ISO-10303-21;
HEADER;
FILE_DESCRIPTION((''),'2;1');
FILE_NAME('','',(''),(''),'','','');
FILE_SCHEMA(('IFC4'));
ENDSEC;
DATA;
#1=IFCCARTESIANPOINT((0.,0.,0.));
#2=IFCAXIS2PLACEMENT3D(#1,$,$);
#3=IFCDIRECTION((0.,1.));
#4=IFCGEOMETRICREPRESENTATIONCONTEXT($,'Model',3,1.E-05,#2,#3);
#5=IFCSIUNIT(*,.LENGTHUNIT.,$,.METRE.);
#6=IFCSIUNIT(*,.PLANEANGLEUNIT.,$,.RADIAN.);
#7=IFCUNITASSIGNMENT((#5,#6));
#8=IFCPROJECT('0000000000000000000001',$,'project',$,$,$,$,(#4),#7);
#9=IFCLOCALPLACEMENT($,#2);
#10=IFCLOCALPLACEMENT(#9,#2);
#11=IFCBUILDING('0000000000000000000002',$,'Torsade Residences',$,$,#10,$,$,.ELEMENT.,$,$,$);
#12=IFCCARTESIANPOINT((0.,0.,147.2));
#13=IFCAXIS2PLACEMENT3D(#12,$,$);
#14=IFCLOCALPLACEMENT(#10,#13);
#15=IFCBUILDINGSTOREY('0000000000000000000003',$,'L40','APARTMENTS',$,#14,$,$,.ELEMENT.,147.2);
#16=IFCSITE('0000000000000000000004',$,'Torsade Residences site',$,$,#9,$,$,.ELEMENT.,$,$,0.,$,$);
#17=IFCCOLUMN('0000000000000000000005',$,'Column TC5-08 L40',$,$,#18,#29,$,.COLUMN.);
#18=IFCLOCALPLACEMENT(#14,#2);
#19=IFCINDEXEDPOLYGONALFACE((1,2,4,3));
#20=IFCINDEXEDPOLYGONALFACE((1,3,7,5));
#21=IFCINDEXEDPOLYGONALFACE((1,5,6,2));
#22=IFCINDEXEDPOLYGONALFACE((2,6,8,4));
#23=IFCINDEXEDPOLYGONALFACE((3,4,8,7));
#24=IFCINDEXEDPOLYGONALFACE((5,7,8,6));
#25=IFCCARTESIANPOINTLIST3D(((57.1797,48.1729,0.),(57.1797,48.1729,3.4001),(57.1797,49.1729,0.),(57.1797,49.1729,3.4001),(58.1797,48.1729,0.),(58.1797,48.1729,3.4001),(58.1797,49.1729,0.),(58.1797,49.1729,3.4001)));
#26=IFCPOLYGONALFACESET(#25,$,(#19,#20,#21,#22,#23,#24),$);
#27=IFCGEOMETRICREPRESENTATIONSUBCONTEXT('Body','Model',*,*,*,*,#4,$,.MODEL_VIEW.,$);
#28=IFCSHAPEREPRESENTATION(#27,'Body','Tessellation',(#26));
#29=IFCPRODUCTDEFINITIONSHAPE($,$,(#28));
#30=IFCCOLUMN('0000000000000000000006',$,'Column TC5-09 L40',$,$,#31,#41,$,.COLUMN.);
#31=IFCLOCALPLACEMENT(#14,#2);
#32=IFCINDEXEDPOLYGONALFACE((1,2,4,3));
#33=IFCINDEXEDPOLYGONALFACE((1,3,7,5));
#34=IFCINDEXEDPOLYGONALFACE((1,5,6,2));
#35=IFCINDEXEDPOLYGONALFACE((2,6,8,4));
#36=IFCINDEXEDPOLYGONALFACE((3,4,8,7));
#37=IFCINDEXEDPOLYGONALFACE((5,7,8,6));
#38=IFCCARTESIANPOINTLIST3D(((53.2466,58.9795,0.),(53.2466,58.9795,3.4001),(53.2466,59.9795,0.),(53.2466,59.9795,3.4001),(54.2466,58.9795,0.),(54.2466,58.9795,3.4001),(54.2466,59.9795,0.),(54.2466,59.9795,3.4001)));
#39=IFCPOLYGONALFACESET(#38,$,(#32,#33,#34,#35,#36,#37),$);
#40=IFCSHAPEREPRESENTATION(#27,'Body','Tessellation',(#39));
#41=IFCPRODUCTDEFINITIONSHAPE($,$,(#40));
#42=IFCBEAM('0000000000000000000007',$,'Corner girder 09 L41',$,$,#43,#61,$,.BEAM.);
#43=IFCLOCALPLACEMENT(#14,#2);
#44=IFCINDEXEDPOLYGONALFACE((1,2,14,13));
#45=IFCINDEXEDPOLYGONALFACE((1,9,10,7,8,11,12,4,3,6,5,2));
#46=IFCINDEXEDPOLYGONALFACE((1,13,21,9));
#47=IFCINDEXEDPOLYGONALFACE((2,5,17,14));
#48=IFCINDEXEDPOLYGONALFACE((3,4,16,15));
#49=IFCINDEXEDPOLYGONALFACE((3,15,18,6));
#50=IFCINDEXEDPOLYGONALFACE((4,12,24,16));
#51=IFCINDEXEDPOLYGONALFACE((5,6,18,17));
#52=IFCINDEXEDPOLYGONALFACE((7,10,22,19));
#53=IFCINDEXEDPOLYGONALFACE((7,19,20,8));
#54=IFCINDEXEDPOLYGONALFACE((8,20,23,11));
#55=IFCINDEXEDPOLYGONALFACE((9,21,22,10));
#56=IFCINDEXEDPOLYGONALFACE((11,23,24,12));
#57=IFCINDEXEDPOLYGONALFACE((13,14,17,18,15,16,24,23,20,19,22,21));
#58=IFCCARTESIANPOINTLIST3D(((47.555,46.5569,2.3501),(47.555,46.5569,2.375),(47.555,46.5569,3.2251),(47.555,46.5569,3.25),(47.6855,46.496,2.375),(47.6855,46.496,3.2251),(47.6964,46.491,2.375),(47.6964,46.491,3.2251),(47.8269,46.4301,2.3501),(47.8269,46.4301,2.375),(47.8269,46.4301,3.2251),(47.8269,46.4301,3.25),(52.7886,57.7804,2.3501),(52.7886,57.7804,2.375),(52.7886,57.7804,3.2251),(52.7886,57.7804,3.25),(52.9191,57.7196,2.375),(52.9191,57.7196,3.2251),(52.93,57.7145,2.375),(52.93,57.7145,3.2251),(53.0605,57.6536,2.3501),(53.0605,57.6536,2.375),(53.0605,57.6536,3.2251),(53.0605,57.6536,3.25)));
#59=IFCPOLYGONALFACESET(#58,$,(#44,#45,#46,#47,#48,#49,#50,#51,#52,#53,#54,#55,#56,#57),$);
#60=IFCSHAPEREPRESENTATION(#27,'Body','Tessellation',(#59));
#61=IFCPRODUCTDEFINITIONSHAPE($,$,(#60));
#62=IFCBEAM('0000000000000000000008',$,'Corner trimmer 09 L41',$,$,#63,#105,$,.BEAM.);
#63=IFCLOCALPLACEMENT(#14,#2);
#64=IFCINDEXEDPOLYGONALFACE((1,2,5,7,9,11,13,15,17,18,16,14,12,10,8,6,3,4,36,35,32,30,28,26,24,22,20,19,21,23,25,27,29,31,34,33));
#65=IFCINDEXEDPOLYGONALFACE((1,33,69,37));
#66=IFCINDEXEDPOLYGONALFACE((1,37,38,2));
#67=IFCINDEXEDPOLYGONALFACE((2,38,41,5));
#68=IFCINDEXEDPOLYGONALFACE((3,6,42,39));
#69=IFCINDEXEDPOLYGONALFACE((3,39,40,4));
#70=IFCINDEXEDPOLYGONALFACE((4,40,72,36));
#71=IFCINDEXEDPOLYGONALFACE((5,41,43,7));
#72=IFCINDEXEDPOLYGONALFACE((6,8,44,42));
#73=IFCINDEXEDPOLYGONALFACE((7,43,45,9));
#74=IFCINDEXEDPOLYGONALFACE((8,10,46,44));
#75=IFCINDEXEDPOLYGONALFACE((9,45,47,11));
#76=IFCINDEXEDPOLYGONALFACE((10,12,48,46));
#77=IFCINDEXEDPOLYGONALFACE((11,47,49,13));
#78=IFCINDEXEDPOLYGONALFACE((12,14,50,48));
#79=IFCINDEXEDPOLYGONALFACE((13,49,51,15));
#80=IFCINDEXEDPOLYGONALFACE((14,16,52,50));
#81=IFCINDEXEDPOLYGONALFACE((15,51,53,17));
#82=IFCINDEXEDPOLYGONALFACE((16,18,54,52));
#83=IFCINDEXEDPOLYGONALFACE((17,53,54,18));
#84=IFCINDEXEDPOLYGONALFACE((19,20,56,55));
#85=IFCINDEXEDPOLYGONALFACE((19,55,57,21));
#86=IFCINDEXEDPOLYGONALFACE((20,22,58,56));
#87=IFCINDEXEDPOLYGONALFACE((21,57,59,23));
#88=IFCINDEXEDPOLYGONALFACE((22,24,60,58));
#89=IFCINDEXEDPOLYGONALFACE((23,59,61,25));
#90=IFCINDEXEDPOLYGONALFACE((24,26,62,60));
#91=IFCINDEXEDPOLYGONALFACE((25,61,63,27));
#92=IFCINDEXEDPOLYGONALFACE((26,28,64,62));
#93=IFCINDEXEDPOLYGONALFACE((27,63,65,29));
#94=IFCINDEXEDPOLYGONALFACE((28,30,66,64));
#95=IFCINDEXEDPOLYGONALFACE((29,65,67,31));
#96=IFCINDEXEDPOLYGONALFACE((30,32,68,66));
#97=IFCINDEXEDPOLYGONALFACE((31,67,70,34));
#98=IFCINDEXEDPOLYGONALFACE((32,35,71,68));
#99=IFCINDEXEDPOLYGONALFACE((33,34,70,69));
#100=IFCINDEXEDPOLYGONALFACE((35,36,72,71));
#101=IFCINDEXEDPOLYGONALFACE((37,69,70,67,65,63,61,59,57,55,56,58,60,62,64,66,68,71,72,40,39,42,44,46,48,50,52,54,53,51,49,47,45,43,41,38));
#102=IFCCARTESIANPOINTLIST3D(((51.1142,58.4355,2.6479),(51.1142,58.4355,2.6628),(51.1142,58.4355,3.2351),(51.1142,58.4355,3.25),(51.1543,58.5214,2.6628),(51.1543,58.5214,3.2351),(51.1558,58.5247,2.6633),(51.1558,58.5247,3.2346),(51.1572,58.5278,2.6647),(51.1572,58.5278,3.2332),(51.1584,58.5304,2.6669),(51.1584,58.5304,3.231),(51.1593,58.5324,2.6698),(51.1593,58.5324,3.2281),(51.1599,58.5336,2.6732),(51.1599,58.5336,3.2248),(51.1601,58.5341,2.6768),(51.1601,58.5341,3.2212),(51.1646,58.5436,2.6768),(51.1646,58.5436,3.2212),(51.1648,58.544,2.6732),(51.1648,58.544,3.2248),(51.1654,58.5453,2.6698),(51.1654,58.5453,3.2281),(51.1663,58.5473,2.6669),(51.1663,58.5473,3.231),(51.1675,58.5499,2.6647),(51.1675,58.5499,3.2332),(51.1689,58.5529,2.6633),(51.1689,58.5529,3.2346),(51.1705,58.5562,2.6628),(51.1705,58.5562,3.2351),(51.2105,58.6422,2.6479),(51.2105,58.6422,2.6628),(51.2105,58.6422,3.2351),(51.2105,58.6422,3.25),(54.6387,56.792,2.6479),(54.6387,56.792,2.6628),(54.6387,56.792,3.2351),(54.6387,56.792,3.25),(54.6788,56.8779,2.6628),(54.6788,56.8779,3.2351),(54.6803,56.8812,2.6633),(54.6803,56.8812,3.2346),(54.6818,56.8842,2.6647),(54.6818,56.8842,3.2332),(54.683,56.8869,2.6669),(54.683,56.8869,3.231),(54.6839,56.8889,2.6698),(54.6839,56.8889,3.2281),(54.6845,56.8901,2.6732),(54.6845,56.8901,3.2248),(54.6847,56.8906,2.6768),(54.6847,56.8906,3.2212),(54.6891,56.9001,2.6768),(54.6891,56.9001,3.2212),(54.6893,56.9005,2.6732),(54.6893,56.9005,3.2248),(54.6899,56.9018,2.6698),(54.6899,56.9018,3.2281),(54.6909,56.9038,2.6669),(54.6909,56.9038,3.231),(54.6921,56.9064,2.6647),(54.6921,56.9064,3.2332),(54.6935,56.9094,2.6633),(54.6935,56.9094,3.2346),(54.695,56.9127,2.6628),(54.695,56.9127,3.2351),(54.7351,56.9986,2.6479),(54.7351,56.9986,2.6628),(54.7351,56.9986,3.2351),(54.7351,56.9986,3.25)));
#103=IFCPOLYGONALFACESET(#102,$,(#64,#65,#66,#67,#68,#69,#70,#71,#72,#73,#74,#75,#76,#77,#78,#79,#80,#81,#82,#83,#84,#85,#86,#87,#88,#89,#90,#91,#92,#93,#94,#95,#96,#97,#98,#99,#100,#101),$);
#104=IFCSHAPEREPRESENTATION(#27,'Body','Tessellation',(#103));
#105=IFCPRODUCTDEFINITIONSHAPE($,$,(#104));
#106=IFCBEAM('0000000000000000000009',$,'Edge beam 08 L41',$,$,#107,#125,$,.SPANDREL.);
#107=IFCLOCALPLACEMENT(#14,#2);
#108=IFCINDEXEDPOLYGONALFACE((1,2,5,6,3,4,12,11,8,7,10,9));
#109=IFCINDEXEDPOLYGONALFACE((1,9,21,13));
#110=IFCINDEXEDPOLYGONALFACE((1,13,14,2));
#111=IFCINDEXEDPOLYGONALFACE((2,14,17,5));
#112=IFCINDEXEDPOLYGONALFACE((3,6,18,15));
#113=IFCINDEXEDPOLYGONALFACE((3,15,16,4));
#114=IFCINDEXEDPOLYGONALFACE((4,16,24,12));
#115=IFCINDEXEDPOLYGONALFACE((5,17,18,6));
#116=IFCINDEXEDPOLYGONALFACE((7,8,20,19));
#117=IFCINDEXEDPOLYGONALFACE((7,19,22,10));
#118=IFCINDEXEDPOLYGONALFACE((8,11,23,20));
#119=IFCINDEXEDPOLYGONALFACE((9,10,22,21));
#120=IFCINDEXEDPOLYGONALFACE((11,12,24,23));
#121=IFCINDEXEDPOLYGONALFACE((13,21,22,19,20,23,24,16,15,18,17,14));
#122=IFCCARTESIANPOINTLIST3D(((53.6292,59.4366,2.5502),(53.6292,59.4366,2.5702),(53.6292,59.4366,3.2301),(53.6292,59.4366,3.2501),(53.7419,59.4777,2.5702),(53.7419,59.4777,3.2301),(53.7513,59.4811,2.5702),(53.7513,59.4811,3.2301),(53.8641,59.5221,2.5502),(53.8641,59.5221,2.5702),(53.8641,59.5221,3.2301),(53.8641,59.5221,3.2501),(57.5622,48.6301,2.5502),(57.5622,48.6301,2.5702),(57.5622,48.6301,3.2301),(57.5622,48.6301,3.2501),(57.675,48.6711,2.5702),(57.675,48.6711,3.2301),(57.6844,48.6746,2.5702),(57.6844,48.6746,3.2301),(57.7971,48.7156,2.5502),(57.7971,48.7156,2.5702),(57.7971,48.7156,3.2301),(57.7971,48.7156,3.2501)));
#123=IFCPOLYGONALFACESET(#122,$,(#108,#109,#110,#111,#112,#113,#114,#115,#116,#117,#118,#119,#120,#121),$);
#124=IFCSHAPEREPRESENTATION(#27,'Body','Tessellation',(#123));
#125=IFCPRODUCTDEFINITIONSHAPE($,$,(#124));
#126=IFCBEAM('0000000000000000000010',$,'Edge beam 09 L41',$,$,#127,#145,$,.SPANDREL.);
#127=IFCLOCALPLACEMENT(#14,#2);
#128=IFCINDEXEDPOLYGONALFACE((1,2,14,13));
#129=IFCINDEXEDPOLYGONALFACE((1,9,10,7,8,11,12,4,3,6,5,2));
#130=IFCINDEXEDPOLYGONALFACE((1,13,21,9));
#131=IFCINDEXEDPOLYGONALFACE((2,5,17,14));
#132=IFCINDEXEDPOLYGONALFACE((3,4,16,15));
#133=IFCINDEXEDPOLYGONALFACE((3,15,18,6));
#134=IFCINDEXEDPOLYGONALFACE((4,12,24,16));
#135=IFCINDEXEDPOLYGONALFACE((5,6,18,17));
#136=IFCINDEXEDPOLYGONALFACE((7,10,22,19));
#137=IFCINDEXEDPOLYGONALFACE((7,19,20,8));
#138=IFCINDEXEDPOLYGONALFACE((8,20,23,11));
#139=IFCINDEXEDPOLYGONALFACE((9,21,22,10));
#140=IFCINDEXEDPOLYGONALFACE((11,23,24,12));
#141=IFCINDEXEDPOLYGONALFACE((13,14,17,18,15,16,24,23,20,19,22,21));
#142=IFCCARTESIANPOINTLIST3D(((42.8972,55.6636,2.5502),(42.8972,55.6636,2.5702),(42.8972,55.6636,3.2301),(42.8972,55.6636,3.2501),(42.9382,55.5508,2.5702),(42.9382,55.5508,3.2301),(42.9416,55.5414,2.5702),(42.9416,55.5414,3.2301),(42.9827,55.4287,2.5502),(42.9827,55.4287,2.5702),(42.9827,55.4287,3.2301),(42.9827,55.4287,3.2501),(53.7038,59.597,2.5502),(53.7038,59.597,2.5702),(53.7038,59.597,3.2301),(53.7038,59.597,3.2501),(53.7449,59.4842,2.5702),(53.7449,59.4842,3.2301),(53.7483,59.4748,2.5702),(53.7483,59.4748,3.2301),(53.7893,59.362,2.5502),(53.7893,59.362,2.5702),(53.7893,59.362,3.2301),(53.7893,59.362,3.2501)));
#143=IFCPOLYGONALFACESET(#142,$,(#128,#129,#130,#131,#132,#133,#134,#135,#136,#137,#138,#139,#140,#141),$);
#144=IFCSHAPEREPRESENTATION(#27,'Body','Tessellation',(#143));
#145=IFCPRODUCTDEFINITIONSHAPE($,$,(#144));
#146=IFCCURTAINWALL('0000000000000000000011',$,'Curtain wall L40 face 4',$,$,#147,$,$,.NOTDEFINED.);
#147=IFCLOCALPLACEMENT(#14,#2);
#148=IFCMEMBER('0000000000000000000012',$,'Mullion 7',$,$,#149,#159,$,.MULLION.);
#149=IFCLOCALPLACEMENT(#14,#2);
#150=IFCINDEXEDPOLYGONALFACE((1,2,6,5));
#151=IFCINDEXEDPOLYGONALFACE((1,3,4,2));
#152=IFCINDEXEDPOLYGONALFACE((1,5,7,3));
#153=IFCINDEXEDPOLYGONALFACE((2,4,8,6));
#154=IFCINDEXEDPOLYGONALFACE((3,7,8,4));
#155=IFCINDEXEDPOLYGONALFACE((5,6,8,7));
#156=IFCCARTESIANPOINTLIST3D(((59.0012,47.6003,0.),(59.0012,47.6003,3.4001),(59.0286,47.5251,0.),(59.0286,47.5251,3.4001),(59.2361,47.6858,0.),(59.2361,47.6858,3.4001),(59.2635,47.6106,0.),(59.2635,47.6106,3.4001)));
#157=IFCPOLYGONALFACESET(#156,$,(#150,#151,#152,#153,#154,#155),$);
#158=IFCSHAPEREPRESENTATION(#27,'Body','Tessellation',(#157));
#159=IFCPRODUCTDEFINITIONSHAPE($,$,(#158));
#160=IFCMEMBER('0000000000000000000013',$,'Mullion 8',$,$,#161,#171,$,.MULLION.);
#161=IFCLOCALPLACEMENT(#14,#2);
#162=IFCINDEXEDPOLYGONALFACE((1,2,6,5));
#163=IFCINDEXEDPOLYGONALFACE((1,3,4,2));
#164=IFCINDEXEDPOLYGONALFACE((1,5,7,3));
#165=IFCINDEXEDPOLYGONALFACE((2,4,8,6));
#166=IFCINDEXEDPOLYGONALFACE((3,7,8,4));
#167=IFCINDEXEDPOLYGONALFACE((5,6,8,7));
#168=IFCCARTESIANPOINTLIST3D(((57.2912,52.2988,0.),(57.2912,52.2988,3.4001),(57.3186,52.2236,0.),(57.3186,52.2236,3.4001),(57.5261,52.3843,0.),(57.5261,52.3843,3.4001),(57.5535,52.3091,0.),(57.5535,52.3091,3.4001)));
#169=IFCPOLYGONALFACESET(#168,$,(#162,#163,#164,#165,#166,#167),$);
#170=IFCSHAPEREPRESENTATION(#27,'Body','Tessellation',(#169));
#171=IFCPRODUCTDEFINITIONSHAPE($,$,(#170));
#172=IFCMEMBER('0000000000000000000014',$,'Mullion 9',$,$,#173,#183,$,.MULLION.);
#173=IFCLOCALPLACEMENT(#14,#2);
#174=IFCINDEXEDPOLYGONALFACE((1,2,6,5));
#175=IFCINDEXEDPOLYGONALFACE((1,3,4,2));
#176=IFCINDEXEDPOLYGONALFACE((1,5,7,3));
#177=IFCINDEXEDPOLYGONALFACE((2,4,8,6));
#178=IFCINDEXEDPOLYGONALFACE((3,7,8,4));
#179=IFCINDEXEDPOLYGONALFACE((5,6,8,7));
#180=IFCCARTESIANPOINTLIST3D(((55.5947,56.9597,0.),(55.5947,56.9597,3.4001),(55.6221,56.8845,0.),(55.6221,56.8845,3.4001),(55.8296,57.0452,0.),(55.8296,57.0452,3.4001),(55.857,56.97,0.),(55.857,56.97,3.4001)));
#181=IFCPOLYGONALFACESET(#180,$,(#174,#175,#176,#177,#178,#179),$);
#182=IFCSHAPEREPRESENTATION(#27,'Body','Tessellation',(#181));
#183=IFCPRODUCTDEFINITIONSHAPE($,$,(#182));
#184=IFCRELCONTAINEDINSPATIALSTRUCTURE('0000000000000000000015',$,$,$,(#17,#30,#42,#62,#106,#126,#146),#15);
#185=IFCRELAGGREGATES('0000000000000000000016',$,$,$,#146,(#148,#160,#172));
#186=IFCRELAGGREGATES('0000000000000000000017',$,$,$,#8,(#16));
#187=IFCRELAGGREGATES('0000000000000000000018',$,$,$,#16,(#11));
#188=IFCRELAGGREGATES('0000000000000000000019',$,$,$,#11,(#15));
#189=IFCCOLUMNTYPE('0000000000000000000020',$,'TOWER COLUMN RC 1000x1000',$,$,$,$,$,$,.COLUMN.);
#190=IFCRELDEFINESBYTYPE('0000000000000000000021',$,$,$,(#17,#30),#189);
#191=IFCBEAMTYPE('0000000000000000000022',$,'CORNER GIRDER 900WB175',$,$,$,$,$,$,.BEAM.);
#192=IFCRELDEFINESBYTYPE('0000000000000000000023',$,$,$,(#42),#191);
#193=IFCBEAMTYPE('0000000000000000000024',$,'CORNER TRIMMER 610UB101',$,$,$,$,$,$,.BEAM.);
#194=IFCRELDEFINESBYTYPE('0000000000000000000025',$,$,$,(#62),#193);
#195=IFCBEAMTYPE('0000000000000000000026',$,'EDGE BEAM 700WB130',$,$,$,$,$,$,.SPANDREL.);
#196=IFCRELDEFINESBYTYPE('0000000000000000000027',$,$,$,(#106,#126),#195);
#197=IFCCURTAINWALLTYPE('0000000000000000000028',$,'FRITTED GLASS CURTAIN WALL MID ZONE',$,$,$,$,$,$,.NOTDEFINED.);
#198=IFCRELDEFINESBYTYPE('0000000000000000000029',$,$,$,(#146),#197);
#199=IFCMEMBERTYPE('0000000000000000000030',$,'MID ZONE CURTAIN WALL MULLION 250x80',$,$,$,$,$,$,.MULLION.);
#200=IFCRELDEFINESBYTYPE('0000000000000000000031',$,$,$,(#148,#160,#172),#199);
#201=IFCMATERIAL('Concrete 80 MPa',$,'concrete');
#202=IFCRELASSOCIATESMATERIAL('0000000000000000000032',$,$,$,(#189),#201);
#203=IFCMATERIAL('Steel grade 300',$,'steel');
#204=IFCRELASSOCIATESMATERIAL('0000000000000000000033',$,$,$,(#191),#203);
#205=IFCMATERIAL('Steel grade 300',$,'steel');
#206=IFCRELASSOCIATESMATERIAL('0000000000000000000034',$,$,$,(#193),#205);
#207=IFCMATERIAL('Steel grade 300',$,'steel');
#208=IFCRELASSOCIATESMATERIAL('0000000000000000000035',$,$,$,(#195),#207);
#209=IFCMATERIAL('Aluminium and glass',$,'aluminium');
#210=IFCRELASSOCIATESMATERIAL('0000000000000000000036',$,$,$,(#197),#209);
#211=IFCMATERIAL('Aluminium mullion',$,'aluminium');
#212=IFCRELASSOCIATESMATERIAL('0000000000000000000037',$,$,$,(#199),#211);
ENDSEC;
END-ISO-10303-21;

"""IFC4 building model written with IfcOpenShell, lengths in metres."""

from ifc_helpers import new_model, si_unit, direction, frame, origin, origin_2d, place, context, subcontext, project, spatial, rectangle, i_section, extrude, material, material_profile, profile_set, type_object, element, aggregate, save


model = new_model("IFC4")

# Units and contexts
model_context = context("Model", 3, precision=1e-05, world=origin(), true_north=direction((0.0, 1.0)))
body_context = subcontext(model_context, "Body", "Model", "MODEL_VIEW")
ifc_project = project(units=[si_unit("LENGTHUNIT", "METRE"), si_unit("PLANEANGLEUNIT", "RADIAN")], contexts=[model_context])

# Site, building, storey
site_placement = place(None, origin())
site = spatial("IfcSite", under=ifc_project, at=site_placement, Name="Torsade Residences site", CompositionType="ELEMENT", RefElevation=0.0)
building_placement = place(site_placement, origin())
building = spatial("IfcBuilding", under=site, at=building_placement, Name="Torsade Residences", CompositionType="ELEMENT")
storey_placement = place(building_placement, frame((0.0, 0.0, 147.2)))
storey = spatial("IfcBuildingStorey", under=building, at=storey_placement, Name="L40", Description="APARTMENTS", CompositionType="ELEMENT", Elevation=147.2)

# Columns
ifc_material_1 = material(Name="Concrete 80 MPa", Category="concrete")
ifc_material_profile_1 = material_profile(ifc_material_1, rectangle(XDim=1.0, YDim=1.0, at=origin_2d()), Name="RC 1000x1000")
ifc_profile_set_1 = profile_set([ifc_material_profile_1], Name="Concrete 80 MPa")
column_type = type_object("IfcColumnType", Name="TOWER COLUMN RC 1000x1000", PredefinedType="COLUMN", material=ifc_profile_set_1)
for number, where, z_axis, x_axis, name in (
    (1, (57.6797, 48.6729, 0.0), (0.0, 0.0, 1.0), (1.0, 0.0, 0.0), "Column TC5-08 L40"),
    (2, (53.7466, 59.4795, 0.0), (0.0, 0.0, 1.0), (1.0, 0.0, 0.0), "Column TC5-09 L40"),
):
    element("IfcColumn", number, at=place(storey_placement, frame(where, z_axis=z_axis, x_axis=x_axis)), inside=storey, type_object=column_type, Name=name, PredefinedType="COLUMN", context=body_context, shape_type="SweptSolid", body=[
        extrude(rectangle(XDim=1.0, YDim=1.0, at=origin_2d()), origin(), (0.0, 0.0, 1.0), 3.4001),
    ])

# Beams
ifc_material_2 = material(Name="Steel grade 300", Category="steel")
ifc_material_profile_2 = material_profile(ifc_material_2, i_section(OverallWidth=0.3, OverallDepth=0.8999, WebThickness=0.012, FlangeThickness=0.0249, at=origin_2d()), Name="900WB175")
ifc_profile_set_2 = profile_set([ifc_material_profile_2], Name="Steel grade 300")
beam_type_1 = type_object("IfcBeamType", Name="CORNER GIRDER 900WB175", PredefinedType="BEAM", material=ifc_profile_set_2)
beam_1_placement = place(storey_placement, frame((52.9246, 57.717, 2.8), z_axis=(-0.422617, -0.906309, 0.0), x_axis=(0.906309, -0.422617, 0.0)))
element("IfcBeam", 3, at=beam_1_placement, inside=storey, type_object=beam_type_1, Name="Corner girder 09 L41", PredefinedType="BEAM", context=body_context, shape_type="SweptSolid", body=[
    extrude(i_section(OverallWidth=0.3, OverallDepth=0.8999, WebThickness=0.012, FlangeThickness=0.0249, at=origin_2d()), origin(), (0.0, 0.0, 1.0), 12.3838),
])
ifc_material_3 = material(Name="Steel grade 300", Category="steel")
ifc_material_profile_3 = material_profile(ifc_material_3, i_section(OverallWidth=0.228, OverallDepth=0.6021, WebThickness=0.0105, FlangeThickness=0.0149, FilletRadius=0.0139, at=origin_2d()), Name="610UB101")
ifc_profile_set_3 = profile_set([ifc_material_profile_3], Name="Steel grade 300")
beam_type_2 = type_object("IfcBeamType", Name="CORNER TRIMMER 610UB101", PredefinedType="BEAM", material=ifc_profile_set_3)
beam_2_placement = place(storey_placement, frame((51.1624, 58.5388, 2.949), z_axis=(0.90631, -0.422614, 0.0), x_axis=(0.422614, 0.90631, 0.0)))
element("IfcBeam", 4, at=beam_2_placement, inside=storey, type_object=beam_type_2, Name="Corner trimmer 09 L41", PredefinedType="BEAM", context=body_context, shape_type="SweptSolid", body=[
    extrude(i_section(OverallWidth=0.228, OverallDepth=0.6021, WebThickness=0.0105, FlangeThickness=0.0149, FilletRadius=0.0139, at=origin_2d()), origin(), (0.0, 0.0, 1.0), 3.8889),
])
ifc_material_4 = material(Name="Steel grade 300", Category="steel")
ifc_material_profile_4 = material_profile(ifc_material_4, i_section(OverallWidth=0.25, OverallDepth=0.7, WebThickness=0.01, FlangeThickness=0.02, at=origin_2d()), Name="700WB130")
ifc_profile_set_4 = profile_set([ifc_material_profile_4], Name="Steel grade 300")
beam_type_3 = type_object("IfcBeamType", Name="EDGE BEAM 700WB130", PredefinedType="SPANDREL", material=ifc_profile_set_4)
beam_3_placement = place(storey_placement, frame((57.6797, 48.6729, 2.9001), z_axis=(-0.342006, 0.939698, 0.0), x_axis=(-0.939698, -0.342006, 0.0)))
element("IfcBeam", 5, at=beam_3_placement, inside=storey, type_object=beam_type_3, Name="Edge beam 08 L41", PredefinedType="SPANDREL", context=body_context, shape_type="SweptSolid", body=[
    extrude(i_section(OverallWidth=0.25, OverallDepth=0.7, WebThickness=0.01, FlangeThickness=0.02, at=origin_2d()), origin(), (0.0, 0.0, 1.0), 11.5),
])
beam_4_placement = place(storey_placement, frame((53.7466, 59.4795, 2.9001), z_axis=(-0.939691, -0.342024, 0.0), x_axis=(0.342024, -0.939691, 0.0)))
element("IfcBeam", 6, at=beam_4_placement, inside=storey, type_object=beam_type_3, Name="Edge beam 09 L41", PredefinedType="SPANDREL", context=body_context, shape_type="SweptSolid", body=[
    extrude(i_section(OverallWidth=0.25, OverallDepth=0.7, WebThickness=0.01, FlangeThickness=0.02, at=origin_2d()), origin(), (0.0, 0.0, 1.0), 11.5002),
])

# Curtain wall, members
ifc_material_5 = material(Name="Aluminium and glass", Category="aluminium")
curtain_wall_type = type_object("IfcCurtainWallType", Name="FRITTED GLASS CURTAIN WALL MID ZONE", PredefinedType="NOTDEFINED", material=ifc_material_5)
curtain_wall_placement = place(storey_placement, origin())
curtain_wall = element("IfcCurtainWall", 7, at=curtain_wall_placement, inside=storey, type_object=curtain_wall_type, Name="Curtain wall L40 face 4", PredefinedType="NOTDEFINED")
ifc_material_6 = material(Name="Aluminium mullion", Category="aluminium")
ifc_material_profile_5 = material_profile(ifc_material_6, rectangle(XDim=0.25, YDim=0.0801, at=origin_2d()), Name="MID ZONE CURTAIN WALL MULLION 250x80")
ifc_profile_set_5 = profile_set([ifc_material_profile_5], Name="Aluminium mullion")
member_type_1 = type_object("IfcMemberType", Name="MID ZONE CURTAIN WALL MULLION 250x80", PredefinedType="MULLION", material=ifc_profile_set_5)
member_1_placement = place(storey_placement, frame((59.1323, 47.6055, 0.0), z_axis=(0.0, 0.0, 1.0), x_axis=(-0.939693, -0.34202, 0.0)))
member_1 = element("IfcMember", 8, at=member_1_placement, type_object=member_type_1, Name="Mullion 7", PredefinedType="MULLION", context=body_context, shape_type="SweptSolid", body=[
    extrude(rectangle(XDim=0.25, YDim=0.0801, at=origin_2d()), origin(), (0.0, 0.0, 1.0), 3.4001),
])
member_2_placement = place(storey_placement, frame((57.4224, 52.304, 0.0), z_axis=(0.0, 0.0, 1.0), x_axis=(-0.939693, -0.34202, 0.0)))
member_2 = element("IfcMember", 9, at=member_2_placement, type_object=member_type_1, Name="Mullion 8", PredefinedType="MULLION", context=body_context, shape_type="SweptSolid", body=[
    extrude(rectangle(XDim=0.25, YDim=0.0801, at=origin_2d()), origin(), (0.0, 0.0, 1.0), 3.4001),
])
member_3_placement = place(storey_placement, frame((55.7258, 56.9648, 0.0), z_axis=(0.0, 0.0, 1.0), x_axis=(-0.939693, -0.34202, 0.0)))
member_3 = element("IfcMember", 10, at=member_3_placement, type_object=member_type_1, Name="Mullion 9", PredefinedType="MULLION", context=body_context, shape_type="SweptSolid", body=[
    extrude(rectangle(XDim=0.25, YDim=0.0801, at=origin_2d()), origin(), (0.0, 0.0, 1.0), 3.4001),
])

aggregate(curtain_wall, [member_1, member_2, member_3])

save(model, "model.ifc")
